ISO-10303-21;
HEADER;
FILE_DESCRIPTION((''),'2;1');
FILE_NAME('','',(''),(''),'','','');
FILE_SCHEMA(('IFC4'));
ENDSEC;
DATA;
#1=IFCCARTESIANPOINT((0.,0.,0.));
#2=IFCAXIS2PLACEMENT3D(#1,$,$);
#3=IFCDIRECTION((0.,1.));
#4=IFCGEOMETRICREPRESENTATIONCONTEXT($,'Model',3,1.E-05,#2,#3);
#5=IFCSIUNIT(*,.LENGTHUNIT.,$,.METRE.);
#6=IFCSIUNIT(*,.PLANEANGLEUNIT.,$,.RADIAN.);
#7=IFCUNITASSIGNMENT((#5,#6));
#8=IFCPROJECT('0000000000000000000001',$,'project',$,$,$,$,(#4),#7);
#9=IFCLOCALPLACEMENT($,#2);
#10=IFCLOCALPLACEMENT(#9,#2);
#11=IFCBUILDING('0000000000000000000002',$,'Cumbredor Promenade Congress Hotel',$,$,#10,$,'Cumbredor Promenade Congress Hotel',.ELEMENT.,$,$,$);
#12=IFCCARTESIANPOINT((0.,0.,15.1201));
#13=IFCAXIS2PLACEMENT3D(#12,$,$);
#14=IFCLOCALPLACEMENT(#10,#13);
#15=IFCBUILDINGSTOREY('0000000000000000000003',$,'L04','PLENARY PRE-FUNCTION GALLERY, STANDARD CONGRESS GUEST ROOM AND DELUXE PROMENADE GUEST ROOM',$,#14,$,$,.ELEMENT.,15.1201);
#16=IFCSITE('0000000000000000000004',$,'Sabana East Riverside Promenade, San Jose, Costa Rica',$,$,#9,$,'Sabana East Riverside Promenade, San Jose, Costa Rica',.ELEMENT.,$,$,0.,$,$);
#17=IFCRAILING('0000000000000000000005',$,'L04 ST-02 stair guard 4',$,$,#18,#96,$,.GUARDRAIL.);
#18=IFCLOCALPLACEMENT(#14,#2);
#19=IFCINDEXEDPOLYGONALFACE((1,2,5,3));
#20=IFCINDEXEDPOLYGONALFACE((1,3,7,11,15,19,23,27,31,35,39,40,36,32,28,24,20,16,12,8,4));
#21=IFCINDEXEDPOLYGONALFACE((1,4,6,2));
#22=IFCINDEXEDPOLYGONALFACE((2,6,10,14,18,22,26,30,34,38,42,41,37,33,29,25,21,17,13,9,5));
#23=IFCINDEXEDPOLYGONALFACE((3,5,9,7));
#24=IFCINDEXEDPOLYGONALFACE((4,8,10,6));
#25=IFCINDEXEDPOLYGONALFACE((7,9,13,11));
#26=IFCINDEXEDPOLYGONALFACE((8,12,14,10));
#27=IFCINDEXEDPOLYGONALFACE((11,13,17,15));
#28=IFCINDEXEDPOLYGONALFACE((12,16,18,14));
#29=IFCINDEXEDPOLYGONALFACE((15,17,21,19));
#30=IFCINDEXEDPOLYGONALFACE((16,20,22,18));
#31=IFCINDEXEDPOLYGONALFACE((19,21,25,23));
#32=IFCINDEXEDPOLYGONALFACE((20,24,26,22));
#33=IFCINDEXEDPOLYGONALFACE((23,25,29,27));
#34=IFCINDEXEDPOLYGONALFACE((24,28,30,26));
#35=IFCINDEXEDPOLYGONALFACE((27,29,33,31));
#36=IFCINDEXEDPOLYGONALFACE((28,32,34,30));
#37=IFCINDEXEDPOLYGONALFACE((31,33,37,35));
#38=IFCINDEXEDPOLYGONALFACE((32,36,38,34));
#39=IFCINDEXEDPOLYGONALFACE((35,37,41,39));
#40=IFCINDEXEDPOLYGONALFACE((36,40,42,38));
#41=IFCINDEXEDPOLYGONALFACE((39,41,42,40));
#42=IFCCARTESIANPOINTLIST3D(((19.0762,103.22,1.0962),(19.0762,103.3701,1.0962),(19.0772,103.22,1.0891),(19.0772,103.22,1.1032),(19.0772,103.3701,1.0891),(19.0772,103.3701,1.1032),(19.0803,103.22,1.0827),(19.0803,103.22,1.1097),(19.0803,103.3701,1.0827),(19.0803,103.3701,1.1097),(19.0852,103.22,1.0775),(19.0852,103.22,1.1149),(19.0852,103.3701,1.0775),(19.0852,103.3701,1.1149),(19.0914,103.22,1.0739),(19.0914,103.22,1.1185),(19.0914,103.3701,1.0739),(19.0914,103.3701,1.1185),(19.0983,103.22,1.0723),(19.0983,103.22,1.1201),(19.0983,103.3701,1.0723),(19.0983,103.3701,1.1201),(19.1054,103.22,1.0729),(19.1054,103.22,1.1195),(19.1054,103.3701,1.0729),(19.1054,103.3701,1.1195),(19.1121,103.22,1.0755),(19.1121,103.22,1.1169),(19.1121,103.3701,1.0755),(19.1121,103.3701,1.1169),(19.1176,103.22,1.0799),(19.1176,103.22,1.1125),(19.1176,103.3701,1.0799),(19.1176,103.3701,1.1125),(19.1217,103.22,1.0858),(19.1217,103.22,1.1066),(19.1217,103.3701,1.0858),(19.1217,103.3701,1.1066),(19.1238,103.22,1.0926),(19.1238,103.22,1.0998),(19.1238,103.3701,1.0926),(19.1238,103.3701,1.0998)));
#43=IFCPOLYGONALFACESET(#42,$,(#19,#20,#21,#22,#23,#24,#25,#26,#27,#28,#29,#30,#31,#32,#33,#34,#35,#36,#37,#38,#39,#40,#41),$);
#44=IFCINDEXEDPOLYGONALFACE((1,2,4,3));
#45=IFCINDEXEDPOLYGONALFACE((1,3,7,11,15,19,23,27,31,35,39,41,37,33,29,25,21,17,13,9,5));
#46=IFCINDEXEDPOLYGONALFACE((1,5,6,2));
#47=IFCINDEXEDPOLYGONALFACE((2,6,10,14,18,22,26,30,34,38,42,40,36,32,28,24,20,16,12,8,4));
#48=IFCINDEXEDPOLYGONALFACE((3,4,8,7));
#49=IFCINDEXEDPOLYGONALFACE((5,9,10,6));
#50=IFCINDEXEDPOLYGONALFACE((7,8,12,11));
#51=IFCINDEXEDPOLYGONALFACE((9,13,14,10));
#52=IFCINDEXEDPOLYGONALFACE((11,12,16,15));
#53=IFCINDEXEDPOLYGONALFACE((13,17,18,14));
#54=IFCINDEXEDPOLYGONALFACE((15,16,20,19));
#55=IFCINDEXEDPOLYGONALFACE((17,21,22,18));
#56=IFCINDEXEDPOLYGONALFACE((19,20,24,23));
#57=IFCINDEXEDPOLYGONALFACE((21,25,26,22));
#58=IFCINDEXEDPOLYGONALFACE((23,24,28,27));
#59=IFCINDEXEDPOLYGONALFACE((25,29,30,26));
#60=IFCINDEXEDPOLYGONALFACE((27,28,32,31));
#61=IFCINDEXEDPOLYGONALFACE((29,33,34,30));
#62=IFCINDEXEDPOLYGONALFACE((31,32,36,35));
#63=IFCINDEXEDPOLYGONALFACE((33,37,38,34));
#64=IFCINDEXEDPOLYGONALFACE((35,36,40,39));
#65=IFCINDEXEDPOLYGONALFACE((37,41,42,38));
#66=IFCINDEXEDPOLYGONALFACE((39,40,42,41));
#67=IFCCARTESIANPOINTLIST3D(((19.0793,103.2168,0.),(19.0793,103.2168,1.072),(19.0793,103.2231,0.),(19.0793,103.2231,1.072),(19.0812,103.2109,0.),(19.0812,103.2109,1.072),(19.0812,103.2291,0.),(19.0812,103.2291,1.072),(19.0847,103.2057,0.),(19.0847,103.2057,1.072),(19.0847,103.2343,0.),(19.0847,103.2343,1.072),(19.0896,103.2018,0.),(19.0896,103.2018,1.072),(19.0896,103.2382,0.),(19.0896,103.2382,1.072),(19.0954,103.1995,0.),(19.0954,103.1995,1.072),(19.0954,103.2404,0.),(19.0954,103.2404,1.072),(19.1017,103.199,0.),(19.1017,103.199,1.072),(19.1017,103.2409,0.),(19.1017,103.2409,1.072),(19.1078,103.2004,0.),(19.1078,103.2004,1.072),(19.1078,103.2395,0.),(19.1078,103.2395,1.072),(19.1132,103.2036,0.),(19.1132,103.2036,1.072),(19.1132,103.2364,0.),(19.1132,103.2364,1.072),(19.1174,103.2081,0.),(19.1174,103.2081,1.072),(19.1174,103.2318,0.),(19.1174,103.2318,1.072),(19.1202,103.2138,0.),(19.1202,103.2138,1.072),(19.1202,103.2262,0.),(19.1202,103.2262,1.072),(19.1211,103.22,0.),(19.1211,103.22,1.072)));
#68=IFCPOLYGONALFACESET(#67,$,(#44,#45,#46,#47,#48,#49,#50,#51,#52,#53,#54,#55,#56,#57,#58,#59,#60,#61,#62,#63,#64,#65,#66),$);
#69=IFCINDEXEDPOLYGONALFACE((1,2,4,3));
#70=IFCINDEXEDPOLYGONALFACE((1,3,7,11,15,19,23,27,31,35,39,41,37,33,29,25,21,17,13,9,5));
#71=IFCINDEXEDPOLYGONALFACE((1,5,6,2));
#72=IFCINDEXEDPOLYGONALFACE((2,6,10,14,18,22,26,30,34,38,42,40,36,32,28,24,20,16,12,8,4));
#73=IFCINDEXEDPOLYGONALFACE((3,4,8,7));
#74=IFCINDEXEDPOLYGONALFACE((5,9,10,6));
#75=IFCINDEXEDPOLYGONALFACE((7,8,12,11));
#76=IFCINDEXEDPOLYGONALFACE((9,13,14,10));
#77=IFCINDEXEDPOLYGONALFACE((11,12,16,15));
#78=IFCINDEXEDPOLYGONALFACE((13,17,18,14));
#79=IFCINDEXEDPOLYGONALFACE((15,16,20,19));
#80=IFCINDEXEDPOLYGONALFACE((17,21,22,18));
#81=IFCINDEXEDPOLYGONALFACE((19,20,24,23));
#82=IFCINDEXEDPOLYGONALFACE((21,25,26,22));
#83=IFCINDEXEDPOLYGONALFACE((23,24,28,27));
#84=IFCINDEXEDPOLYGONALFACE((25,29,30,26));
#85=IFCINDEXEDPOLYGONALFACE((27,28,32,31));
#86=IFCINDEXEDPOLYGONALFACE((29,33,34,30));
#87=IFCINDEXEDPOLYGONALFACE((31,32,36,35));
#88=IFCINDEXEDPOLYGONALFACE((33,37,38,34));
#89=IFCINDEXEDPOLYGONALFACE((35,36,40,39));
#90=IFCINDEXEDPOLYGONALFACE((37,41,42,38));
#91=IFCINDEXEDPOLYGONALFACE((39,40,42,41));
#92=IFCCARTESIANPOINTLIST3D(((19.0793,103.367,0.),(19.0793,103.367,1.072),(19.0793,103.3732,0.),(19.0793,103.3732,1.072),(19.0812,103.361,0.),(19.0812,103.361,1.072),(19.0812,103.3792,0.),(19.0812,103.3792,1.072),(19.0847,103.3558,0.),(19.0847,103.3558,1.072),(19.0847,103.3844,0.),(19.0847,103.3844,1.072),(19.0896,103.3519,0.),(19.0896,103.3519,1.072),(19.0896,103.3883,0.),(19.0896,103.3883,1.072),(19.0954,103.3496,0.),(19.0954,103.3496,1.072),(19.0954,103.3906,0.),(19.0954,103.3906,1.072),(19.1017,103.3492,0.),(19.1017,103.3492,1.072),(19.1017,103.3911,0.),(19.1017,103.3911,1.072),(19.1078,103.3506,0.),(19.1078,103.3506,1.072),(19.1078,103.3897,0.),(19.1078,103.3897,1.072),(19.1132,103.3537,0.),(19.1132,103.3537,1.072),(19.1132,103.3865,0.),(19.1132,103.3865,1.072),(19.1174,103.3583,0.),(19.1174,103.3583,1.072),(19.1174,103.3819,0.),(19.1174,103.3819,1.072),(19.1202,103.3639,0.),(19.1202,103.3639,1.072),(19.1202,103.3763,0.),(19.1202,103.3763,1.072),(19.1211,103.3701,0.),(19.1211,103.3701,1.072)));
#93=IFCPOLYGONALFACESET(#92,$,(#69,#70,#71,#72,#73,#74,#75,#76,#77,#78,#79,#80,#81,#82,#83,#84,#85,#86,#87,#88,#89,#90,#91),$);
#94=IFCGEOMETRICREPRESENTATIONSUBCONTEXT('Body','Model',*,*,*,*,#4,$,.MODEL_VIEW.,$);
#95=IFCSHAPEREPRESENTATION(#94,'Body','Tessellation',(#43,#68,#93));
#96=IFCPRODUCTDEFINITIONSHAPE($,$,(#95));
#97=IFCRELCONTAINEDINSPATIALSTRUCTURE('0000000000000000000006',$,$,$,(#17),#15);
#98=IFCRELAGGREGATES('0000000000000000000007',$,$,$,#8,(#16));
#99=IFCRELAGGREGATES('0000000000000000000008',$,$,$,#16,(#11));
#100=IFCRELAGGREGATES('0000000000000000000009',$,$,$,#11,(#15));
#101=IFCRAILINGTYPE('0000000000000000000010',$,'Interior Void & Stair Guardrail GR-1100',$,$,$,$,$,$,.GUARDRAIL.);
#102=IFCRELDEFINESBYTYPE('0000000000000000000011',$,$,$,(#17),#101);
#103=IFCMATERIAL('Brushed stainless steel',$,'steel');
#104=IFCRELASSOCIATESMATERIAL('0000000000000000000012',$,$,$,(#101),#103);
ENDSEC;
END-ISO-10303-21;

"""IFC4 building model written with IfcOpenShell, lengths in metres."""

from ifc_helpers import new_model, si_unit, direction, frame, origin, origin_2d, place, context, subcontext, project, spatial, circle, extrude, material, type_object, element, save


model = new_model("IFC4")

# Units and contexts
model_context = context("Model", 3, precision=1e-05, world=origin(), true_north=direction((0.0, 1.0)))
body_context = subcontext(model_context, "Body", "Model", "MODEL_VIEW")
ifc_project = project(units=[si_unit("LENGTHUNIT", "METRE"), si_unit("PLANEANGLEUNIT", "RADIAN")], contexts=[model_context])

# Site, building, storey
site_placement = place(None, origin())
site = spatial("IfcSite", under=ifc_project, at=site_placement, Name="Sabana East Riverside Promenade, San Jose, Costa Rica", LongName="Sabana East Riverside Promenade, San Jose, Costa Rica", CompositionType="ELEMENT", RefElevation=0.0)
building_placement = place(site_placement, origin())
building = spatial("IfcBuilding", under=site, at=building_placement, Name="Cumbredor Promenade Congress Hotel", LongName="Cumbredor Promenade Congress Hotel", CompositionType="ELEMENT")
storey_placement = place(building_placement, frame((0.0, 0.0, 15.1201)))
storey = spatial("IfcBuildingStorey", under=building, at=storey_placement, Name="L04", Description="PLENARY PRE-FUNCTION GALLERY, STANDARD CONGRESS GUEST ROOM AND DELUXE PROMENADE GUEST ROOM", CompositionType="ELEMENT", Elevation=15.1201)

# Railing
ifc_material_1 = material(Name="Brushed stainless steel", Category="steel")
railing_type_1 = type_object("IfcRailingType", Name="Interior Void & Stair Guardrail GR-1100", PredefinedType="GUARDRAIL", material=ifc_material_1)
railing_1_placement = place(storey_placement, frame((19.1001, 103.22, 0.0)))
element("IfcRailing", 1, at=railing_1_placement, inside=storey, type_object=railing_type_1, Name="L04 ST-02 stair guard 4", PredefinedType="GUARDRAIL", context=body_context, shape_type="SweptSolid", body=[
    extrude(circle(Radius=0.0239, at=origin_2d()), frame((0.0, 0.0, 1.0962), z_axis=(0.0, 1.0, 0.0), x_axis=(-1.0, 0.0, 0.0)), (0.0, 0.0, 1.0), 0.1501),
    extrude(circle(Radius=0.021, at=origin_2d()), origin(), (0.0, 0.0, 1.0), 1.072),
    extrude(circle(Radius=0.021, at=origin_2d()), frame((0.0, 0.1501, 0.0)), (0.0, 0.0, 1.0), 1.072),
])

save(model, "model.ifc")
